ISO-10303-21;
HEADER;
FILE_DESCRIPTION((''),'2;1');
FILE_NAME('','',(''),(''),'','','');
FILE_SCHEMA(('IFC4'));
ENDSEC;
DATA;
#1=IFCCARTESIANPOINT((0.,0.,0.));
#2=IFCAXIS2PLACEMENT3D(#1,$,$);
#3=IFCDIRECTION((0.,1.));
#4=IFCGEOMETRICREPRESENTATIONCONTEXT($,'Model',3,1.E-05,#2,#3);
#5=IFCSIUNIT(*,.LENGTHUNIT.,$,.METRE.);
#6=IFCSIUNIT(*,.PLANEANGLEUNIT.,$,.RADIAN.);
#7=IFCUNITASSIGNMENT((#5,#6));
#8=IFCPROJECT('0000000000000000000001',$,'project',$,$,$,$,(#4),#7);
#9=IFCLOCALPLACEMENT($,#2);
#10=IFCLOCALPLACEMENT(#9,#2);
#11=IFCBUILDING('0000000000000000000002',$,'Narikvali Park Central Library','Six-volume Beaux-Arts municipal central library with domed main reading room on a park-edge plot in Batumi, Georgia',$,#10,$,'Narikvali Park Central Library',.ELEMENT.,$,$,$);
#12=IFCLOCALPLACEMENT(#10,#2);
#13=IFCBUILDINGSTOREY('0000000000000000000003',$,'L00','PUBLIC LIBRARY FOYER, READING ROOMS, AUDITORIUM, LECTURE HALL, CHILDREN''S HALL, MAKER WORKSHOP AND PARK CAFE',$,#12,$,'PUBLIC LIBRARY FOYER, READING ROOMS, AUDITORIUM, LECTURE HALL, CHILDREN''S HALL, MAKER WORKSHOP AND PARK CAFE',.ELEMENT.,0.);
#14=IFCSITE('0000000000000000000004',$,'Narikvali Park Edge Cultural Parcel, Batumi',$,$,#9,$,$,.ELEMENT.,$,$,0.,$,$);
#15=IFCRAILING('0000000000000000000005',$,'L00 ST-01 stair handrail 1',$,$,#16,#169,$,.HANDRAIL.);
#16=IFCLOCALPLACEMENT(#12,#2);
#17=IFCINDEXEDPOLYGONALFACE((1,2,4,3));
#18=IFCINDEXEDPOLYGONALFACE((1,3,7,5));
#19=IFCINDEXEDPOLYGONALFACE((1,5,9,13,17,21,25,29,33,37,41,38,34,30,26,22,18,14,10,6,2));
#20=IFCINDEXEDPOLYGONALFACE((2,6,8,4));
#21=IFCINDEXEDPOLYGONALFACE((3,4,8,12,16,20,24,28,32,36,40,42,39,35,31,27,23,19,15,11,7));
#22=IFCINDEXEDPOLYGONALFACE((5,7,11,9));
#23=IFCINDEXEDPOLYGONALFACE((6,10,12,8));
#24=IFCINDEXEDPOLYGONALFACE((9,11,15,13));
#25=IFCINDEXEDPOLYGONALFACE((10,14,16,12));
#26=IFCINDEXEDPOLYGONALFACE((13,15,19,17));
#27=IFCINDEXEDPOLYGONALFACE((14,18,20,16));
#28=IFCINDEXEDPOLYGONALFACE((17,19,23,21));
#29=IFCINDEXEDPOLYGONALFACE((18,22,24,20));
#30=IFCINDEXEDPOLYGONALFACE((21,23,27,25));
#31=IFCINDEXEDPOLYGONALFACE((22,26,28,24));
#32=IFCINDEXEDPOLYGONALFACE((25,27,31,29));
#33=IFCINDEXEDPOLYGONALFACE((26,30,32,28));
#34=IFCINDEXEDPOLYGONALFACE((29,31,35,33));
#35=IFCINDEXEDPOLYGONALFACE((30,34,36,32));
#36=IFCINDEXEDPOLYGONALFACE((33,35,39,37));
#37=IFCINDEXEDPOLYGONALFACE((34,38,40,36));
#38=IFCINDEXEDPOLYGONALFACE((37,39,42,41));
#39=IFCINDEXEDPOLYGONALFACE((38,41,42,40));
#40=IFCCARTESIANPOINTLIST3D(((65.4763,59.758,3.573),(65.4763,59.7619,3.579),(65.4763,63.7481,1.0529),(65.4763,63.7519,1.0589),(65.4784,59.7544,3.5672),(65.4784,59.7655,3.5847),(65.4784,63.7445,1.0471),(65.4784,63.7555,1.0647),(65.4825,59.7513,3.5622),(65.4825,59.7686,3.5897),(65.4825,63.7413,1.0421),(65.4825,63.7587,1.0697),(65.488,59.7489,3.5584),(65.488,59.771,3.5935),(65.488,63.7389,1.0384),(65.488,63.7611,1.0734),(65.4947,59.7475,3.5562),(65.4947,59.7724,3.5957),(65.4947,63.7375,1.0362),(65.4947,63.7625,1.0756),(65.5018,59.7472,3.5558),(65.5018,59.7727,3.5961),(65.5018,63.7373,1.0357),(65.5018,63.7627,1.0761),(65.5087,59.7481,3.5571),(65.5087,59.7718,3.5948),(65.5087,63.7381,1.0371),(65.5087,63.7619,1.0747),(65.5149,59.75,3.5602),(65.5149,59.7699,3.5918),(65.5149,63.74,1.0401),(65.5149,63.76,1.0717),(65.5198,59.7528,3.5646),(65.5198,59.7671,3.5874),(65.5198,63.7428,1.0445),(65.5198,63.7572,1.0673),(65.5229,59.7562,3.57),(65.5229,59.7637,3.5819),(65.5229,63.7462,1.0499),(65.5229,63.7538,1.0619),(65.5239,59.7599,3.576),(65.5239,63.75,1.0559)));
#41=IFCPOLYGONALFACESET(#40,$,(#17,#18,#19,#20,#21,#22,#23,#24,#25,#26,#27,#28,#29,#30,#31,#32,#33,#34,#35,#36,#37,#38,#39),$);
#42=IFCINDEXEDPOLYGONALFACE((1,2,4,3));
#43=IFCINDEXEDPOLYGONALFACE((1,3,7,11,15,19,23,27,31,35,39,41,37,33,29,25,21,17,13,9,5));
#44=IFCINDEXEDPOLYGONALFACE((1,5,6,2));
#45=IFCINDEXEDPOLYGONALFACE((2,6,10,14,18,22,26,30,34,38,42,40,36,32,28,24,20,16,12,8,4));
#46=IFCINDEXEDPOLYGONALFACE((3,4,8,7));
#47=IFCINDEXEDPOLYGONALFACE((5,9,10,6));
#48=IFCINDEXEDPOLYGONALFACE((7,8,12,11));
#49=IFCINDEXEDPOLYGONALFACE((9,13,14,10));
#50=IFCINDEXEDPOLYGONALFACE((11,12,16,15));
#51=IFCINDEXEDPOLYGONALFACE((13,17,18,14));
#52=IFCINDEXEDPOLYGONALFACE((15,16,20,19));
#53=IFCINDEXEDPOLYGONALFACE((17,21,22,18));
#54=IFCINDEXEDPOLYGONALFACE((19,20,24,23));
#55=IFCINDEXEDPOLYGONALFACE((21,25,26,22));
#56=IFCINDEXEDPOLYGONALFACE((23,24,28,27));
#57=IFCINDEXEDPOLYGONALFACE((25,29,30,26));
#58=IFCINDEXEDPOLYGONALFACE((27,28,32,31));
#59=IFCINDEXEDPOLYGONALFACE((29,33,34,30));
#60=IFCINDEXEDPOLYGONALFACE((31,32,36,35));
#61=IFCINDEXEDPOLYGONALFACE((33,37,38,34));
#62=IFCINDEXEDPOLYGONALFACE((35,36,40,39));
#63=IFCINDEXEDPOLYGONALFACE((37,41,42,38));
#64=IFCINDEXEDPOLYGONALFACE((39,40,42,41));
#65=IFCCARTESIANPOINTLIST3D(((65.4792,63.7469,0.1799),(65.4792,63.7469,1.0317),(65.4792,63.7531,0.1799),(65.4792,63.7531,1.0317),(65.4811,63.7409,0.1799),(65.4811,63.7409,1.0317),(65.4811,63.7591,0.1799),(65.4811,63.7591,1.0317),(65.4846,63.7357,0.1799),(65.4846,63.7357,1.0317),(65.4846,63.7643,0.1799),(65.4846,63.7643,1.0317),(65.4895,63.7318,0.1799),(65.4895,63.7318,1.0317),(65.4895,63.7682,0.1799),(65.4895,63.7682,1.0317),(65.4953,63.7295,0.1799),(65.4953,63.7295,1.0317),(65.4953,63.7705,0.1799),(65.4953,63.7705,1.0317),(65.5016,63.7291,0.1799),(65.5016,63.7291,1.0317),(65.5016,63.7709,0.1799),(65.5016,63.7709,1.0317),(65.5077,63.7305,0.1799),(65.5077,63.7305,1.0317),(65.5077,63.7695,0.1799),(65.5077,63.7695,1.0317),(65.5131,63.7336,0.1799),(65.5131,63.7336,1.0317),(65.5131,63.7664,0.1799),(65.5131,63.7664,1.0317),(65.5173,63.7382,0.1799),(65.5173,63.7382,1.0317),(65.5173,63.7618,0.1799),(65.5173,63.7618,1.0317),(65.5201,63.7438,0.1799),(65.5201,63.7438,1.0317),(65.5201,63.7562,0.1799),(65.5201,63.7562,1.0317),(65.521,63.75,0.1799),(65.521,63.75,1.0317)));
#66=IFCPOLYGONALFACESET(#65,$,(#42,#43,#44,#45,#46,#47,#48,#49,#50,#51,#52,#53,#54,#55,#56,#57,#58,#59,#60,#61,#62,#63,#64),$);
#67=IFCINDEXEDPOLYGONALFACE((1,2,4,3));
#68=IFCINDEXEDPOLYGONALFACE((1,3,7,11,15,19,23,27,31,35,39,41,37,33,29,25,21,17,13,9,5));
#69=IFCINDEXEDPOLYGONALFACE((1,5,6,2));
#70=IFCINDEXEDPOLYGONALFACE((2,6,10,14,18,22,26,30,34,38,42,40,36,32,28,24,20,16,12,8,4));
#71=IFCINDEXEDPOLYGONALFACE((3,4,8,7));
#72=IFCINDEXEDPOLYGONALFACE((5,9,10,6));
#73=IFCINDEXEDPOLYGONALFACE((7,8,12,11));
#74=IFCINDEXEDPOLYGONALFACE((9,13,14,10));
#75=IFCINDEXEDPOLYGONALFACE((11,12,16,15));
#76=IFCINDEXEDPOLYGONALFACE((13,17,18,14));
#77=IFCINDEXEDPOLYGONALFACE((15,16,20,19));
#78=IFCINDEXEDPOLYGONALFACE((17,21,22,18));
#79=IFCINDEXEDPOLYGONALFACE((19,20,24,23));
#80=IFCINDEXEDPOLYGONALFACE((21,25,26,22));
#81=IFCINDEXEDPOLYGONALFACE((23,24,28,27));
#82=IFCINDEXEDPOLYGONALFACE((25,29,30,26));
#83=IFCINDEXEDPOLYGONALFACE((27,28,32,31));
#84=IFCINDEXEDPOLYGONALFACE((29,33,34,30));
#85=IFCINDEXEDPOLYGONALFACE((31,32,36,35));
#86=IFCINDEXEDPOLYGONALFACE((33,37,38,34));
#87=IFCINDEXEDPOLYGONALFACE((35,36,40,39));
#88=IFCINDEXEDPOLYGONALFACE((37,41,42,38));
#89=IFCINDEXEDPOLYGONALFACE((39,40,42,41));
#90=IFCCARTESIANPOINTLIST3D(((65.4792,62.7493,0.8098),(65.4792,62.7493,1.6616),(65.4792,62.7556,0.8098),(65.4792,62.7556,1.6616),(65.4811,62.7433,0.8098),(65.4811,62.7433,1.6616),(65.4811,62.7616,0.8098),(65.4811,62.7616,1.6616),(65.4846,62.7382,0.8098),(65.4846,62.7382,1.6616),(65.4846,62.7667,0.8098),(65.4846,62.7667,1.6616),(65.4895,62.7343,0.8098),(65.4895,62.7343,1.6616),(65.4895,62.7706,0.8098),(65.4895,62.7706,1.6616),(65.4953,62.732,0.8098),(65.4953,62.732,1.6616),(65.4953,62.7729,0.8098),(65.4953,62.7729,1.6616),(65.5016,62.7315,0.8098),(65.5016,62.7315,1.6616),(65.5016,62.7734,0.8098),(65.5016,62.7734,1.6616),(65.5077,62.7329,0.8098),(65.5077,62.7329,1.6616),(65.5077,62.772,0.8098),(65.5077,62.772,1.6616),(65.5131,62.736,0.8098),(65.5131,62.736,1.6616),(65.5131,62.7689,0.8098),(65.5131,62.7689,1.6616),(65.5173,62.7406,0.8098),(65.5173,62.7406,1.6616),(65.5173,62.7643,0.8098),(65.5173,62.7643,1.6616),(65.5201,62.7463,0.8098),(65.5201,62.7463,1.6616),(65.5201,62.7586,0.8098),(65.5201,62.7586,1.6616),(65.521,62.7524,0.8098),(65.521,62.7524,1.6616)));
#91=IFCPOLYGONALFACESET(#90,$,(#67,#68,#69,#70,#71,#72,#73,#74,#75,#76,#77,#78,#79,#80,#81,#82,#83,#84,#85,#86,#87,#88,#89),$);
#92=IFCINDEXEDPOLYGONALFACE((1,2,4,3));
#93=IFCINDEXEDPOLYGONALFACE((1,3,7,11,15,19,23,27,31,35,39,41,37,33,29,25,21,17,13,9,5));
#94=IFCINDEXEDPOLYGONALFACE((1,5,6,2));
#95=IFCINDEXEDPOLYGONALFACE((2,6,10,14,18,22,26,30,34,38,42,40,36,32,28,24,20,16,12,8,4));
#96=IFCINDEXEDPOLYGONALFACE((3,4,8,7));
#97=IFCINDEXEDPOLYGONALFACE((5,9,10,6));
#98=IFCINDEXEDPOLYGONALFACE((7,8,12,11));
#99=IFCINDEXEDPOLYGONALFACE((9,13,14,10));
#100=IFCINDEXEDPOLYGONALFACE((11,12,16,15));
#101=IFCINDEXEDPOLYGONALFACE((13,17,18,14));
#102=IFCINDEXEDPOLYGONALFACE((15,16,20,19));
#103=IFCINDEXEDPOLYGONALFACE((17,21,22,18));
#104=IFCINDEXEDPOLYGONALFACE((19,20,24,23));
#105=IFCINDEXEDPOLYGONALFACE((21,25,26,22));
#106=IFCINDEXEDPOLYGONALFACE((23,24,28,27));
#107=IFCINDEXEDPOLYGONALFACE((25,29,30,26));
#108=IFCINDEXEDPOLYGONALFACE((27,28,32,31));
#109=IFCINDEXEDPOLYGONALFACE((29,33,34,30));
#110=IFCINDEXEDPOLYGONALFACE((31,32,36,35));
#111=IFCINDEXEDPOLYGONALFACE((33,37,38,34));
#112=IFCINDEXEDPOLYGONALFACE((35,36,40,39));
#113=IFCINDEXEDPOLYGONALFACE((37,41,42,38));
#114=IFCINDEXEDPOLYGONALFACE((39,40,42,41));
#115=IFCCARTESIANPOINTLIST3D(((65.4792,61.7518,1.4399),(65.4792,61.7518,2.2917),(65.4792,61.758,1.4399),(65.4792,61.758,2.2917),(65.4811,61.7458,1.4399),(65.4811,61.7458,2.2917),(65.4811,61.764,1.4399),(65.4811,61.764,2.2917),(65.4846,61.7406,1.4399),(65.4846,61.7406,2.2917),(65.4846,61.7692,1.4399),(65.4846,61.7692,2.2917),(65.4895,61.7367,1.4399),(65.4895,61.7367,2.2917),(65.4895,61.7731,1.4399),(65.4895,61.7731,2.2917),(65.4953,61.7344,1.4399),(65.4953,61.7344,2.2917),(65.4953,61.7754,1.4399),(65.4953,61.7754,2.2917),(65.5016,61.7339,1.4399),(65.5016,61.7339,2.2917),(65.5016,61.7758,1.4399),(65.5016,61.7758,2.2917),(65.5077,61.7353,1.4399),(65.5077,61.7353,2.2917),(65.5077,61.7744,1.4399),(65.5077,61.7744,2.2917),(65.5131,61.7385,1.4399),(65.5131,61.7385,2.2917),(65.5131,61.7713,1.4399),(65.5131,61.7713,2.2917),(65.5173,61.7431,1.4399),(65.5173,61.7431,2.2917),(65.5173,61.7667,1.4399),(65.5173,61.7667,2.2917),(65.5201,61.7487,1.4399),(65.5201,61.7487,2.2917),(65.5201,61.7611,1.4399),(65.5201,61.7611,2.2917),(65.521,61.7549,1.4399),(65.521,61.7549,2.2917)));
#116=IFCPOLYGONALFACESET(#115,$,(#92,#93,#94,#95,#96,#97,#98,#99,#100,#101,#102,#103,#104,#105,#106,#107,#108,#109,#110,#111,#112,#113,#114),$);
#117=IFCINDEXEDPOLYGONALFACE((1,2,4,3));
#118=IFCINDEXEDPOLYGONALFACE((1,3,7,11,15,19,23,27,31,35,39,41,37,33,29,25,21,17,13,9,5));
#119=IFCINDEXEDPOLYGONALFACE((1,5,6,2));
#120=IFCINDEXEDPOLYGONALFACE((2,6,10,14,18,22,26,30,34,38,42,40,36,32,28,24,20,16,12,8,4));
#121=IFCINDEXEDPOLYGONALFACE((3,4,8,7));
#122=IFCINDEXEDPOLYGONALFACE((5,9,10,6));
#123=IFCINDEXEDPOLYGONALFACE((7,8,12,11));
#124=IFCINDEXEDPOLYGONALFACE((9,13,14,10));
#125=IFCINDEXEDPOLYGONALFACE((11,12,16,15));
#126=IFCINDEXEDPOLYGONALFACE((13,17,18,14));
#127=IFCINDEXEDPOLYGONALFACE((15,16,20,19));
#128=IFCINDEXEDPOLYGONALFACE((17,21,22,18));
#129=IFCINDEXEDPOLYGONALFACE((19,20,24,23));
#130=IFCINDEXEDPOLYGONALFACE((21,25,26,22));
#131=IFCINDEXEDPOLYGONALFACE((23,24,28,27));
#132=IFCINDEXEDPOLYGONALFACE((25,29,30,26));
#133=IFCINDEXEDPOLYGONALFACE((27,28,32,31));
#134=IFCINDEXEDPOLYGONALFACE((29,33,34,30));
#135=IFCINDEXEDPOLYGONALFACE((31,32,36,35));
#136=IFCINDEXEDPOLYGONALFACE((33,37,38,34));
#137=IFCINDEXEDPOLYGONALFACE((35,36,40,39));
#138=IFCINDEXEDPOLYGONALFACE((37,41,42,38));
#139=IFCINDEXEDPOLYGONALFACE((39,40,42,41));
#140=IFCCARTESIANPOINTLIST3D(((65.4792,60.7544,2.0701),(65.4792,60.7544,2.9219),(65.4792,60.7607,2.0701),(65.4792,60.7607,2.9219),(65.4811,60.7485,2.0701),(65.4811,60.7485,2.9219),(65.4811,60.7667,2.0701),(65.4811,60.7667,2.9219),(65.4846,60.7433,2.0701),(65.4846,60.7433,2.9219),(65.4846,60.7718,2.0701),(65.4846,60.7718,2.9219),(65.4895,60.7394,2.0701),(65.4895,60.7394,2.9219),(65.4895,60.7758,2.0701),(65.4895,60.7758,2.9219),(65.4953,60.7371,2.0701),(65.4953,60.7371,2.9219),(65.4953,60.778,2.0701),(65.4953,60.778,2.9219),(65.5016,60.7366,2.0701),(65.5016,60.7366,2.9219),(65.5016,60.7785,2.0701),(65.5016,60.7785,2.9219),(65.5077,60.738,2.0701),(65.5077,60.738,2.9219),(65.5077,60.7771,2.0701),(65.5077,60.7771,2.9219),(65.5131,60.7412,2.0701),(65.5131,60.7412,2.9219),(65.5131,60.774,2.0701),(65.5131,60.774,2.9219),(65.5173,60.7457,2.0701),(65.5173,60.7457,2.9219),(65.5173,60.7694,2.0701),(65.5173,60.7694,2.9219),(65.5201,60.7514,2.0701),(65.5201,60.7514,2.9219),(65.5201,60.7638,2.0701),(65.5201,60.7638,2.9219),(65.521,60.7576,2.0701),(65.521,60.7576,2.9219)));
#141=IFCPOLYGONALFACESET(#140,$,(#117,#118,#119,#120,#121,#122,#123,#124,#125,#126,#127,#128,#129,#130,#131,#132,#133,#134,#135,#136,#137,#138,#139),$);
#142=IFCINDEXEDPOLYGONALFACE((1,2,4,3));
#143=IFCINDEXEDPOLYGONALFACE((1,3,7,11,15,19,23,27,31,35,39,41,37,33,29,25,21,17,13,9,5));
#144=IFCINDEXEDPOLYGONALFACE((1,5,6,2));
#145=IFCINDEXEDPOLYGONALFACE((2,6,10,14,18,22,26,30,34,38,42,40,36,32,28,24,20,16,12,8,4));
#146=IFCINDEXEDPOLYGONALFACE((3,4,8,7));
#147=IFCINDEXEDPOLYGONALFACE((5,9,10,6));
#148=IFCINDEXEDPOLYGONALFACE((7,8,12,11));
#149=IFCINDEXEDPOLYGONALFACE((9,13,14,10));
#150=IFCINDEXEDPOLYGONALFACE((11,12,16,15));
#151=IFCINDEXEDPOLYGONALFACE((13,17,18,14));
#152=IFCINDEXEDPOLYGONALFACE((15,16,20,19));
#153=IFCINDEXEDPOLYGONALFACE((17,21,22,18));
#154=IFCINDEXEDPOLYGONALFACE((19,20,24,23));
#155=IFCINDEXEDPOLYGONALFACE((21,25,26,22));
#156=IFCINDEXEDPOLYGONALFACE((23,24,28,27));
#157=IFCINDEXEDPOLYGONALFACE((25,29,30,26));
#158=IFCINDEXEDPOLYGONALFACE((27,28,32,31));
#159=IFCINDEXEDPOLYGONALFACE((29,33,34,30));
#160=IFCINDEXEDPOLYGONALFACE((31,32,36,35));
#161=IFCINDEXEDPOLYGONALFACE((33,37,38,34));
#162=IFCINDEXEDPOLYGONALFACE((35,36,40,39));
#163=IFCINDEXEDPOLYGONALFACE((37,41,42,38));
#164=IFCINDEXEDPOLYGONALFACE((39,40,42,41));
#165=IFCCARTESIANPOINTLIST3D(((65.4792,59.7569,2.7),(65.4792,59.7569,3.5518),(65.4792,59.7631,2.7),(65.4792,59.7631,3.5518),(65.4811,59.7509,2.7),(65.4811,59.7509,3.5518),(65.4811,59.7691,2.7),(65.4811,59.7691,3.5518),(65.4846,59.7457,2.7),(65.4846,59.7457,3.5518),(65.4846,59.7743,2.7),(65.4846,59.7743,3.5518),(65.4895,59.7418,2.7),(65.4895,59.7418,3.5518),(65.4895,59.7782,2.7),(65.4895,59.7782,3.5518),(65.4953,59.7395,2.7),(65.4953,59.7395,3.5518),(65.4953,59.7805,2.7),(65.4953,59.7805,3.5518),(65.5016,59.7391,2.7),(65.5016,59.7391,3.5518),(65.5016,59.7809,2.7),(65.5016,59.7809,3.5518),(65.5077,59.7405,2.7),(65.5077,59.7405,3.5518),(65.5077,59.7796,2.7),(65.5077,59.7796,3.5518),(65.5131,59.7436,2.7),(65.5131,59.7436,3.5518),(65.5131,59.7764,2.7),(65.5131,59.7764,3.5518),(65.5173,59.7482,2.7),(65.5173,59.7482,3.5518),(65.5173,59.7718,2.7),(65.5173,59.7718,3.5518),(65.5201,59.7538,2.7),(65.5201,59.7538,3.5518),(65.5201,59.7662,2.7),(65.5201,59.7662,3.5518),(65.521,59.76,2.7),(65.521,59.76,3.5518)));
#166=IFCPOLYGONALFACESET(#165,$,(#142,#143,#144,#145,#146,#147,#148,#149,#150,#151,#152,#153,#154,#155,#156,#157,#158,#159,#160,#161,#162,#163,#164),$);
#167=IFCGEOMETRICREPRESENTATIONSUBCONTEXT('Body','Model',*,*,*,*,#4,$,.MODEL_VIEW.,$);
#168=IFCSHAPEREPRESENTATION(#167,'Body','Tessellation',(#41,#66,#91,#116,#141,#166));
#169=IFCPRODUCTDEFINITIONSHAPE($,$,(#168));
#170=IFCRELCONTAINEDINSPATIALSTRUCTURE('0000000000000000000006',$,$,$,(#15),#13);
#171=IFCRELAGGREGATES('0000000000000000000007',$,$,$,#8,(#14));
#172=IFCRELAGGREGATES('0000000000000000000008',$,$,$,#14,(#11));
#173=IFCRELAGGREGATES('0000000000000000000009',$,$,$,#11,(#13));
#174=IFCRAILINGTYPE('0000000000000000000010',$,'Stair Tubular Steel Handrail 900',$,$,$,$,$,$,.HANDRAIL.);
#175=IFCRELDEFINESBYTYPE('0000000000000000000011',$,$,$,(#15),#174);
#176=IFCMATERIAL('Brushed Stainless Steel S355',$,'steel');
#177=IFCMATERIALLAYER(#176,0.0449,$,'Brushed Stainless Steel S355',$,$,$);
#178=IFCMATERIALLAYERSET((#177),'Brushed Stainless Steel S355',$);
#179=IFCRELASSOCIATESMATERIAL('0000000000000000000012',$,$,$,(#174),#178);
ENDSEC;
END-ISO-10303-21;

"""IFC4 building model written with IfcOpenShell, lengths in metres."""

from ifc_helpers import new_model, si_unit, direction, frame, origin, origin_2d, place, context, subcontext, project, spatial, circle, extrude, material, layer, layer_set, type_object, element, save


model = new_model("IFC4")

# Units and contexts
model_context = context("Model", 3, precision=1e-05, world=origin(), true_north=direction((0.0, 1.0)))
body_context = subcontext(model_context, "Body", "Model", "MODEL_VIEW")
ifc_project = project(units=[si_unit("LENGTHUNIT", "METRE"), si_unit("PLANEANGLEUNIT", "RADIAN")], contexts=[model_context])

# Site, building, storey
site_placement = place(None, origin())
site = spatial("IfcSite", under=ifc_project, at=site_placement, Name="Narikvali Park Edge Cultural Parcel, Batumi", CompositionType="ELEMENT", RefElevation=0.0)
building_placement = place(site_placement, origin())
building = spatial("IfcBuilding", under=site, at=building_placement, Name="Narikvali Park Central Library", Description="Six-volume Beaux-Arts municipal central library with domed main reading room on a park-edge plot in Batumi, Georgia", LongName="Narikvali Park Central Library", CompositionType="ELEMENT")
storey_placement = place(building_placement, origin())
storey = spatial("IfcBuildingStorey", under=building, at=storey_placement, Name="L00", Description="PUBLIC LIBRARY FOYER, READING ROOMS, AUDITORIUM, LECTURE HALL, CHILDREN'S HALL, MAKER WORKSHOP AND PARK CAFE", LongName="PUBLIC LIBRARY FOYER, READING ROOMS, AUDITORIUM, LECTURE HALL, CHILDREN'S HALL, MAKER WORKSHOP AND PARK CAFE", CompositionType="ELEMENT", Elevation=0.0)

# Shared definitions
ifc_material_1 = material(Name="Brushed Stainless Steel S355", Category="steel")

# Railing
ifc_layer_1 = layer(ifc_material_1, 0.0449, Name="Brushed Stainless Steel S355")
ifc_layer_set_1 = layer_set([ifc_layer_1], Name="Brushed Stainless Steel S355")
railing_type_1 = type_object("IfcRailingType", Name="Stair Tubular Steel Handrail 900", PredefinedType="HANDRAIL", material=ifc_layer_set_1)
railing_1_placement = place(storey_placement, frame((65.5, 63.75, 0.1799)))
element("IfcRailing", 1, at=railing_1_placement, inside=storey, type_object=railing_type_1, Name="L00 ST-01 stair handrail 1", PredefinedType="HANDRAIL", context=body_context, shape_type="SweptSolid", body=[
    extrude(circle(Radius=0.0239, at=origin_2d()), frame((0.0, 0.0, 0.876), z_axis=(0.0, -0.845486, 0.533997), x_axis=(1.0, 0.0, 0.0)), (0.0, 0.0, 1.0), 4.7192),
    extrude(circle(Radius=0.021, at=origin_2d()), origin(), (0.0, 0.0, 1.0), 0.8518),
    extrude(circle(Radius=0.021, at=origin_2d()), frame((0.0, -0.9976, 0.6299)), (0.0, 0.0, 1.0), 0.8518),
    extrude(circle(Radius=0.021, at=origin_2d()), frame((0.0, -1.9951, 1.26)), (0.0, 0.0, 1.0), 0.8518),
    extrude(circle(Radius=0.021, at=origin_2d()), frame((0.0, -2.9924, 1.8901)), (0.0, 0.0, 1.0), 0.8518),
    extrude(circle(Radius=0.021, at=origin_2d()), frame((0.0, -3.99, 2.52)), (0.0, 0.0, 1.0), 0.8518),
])

save(model, "model.ifc")
